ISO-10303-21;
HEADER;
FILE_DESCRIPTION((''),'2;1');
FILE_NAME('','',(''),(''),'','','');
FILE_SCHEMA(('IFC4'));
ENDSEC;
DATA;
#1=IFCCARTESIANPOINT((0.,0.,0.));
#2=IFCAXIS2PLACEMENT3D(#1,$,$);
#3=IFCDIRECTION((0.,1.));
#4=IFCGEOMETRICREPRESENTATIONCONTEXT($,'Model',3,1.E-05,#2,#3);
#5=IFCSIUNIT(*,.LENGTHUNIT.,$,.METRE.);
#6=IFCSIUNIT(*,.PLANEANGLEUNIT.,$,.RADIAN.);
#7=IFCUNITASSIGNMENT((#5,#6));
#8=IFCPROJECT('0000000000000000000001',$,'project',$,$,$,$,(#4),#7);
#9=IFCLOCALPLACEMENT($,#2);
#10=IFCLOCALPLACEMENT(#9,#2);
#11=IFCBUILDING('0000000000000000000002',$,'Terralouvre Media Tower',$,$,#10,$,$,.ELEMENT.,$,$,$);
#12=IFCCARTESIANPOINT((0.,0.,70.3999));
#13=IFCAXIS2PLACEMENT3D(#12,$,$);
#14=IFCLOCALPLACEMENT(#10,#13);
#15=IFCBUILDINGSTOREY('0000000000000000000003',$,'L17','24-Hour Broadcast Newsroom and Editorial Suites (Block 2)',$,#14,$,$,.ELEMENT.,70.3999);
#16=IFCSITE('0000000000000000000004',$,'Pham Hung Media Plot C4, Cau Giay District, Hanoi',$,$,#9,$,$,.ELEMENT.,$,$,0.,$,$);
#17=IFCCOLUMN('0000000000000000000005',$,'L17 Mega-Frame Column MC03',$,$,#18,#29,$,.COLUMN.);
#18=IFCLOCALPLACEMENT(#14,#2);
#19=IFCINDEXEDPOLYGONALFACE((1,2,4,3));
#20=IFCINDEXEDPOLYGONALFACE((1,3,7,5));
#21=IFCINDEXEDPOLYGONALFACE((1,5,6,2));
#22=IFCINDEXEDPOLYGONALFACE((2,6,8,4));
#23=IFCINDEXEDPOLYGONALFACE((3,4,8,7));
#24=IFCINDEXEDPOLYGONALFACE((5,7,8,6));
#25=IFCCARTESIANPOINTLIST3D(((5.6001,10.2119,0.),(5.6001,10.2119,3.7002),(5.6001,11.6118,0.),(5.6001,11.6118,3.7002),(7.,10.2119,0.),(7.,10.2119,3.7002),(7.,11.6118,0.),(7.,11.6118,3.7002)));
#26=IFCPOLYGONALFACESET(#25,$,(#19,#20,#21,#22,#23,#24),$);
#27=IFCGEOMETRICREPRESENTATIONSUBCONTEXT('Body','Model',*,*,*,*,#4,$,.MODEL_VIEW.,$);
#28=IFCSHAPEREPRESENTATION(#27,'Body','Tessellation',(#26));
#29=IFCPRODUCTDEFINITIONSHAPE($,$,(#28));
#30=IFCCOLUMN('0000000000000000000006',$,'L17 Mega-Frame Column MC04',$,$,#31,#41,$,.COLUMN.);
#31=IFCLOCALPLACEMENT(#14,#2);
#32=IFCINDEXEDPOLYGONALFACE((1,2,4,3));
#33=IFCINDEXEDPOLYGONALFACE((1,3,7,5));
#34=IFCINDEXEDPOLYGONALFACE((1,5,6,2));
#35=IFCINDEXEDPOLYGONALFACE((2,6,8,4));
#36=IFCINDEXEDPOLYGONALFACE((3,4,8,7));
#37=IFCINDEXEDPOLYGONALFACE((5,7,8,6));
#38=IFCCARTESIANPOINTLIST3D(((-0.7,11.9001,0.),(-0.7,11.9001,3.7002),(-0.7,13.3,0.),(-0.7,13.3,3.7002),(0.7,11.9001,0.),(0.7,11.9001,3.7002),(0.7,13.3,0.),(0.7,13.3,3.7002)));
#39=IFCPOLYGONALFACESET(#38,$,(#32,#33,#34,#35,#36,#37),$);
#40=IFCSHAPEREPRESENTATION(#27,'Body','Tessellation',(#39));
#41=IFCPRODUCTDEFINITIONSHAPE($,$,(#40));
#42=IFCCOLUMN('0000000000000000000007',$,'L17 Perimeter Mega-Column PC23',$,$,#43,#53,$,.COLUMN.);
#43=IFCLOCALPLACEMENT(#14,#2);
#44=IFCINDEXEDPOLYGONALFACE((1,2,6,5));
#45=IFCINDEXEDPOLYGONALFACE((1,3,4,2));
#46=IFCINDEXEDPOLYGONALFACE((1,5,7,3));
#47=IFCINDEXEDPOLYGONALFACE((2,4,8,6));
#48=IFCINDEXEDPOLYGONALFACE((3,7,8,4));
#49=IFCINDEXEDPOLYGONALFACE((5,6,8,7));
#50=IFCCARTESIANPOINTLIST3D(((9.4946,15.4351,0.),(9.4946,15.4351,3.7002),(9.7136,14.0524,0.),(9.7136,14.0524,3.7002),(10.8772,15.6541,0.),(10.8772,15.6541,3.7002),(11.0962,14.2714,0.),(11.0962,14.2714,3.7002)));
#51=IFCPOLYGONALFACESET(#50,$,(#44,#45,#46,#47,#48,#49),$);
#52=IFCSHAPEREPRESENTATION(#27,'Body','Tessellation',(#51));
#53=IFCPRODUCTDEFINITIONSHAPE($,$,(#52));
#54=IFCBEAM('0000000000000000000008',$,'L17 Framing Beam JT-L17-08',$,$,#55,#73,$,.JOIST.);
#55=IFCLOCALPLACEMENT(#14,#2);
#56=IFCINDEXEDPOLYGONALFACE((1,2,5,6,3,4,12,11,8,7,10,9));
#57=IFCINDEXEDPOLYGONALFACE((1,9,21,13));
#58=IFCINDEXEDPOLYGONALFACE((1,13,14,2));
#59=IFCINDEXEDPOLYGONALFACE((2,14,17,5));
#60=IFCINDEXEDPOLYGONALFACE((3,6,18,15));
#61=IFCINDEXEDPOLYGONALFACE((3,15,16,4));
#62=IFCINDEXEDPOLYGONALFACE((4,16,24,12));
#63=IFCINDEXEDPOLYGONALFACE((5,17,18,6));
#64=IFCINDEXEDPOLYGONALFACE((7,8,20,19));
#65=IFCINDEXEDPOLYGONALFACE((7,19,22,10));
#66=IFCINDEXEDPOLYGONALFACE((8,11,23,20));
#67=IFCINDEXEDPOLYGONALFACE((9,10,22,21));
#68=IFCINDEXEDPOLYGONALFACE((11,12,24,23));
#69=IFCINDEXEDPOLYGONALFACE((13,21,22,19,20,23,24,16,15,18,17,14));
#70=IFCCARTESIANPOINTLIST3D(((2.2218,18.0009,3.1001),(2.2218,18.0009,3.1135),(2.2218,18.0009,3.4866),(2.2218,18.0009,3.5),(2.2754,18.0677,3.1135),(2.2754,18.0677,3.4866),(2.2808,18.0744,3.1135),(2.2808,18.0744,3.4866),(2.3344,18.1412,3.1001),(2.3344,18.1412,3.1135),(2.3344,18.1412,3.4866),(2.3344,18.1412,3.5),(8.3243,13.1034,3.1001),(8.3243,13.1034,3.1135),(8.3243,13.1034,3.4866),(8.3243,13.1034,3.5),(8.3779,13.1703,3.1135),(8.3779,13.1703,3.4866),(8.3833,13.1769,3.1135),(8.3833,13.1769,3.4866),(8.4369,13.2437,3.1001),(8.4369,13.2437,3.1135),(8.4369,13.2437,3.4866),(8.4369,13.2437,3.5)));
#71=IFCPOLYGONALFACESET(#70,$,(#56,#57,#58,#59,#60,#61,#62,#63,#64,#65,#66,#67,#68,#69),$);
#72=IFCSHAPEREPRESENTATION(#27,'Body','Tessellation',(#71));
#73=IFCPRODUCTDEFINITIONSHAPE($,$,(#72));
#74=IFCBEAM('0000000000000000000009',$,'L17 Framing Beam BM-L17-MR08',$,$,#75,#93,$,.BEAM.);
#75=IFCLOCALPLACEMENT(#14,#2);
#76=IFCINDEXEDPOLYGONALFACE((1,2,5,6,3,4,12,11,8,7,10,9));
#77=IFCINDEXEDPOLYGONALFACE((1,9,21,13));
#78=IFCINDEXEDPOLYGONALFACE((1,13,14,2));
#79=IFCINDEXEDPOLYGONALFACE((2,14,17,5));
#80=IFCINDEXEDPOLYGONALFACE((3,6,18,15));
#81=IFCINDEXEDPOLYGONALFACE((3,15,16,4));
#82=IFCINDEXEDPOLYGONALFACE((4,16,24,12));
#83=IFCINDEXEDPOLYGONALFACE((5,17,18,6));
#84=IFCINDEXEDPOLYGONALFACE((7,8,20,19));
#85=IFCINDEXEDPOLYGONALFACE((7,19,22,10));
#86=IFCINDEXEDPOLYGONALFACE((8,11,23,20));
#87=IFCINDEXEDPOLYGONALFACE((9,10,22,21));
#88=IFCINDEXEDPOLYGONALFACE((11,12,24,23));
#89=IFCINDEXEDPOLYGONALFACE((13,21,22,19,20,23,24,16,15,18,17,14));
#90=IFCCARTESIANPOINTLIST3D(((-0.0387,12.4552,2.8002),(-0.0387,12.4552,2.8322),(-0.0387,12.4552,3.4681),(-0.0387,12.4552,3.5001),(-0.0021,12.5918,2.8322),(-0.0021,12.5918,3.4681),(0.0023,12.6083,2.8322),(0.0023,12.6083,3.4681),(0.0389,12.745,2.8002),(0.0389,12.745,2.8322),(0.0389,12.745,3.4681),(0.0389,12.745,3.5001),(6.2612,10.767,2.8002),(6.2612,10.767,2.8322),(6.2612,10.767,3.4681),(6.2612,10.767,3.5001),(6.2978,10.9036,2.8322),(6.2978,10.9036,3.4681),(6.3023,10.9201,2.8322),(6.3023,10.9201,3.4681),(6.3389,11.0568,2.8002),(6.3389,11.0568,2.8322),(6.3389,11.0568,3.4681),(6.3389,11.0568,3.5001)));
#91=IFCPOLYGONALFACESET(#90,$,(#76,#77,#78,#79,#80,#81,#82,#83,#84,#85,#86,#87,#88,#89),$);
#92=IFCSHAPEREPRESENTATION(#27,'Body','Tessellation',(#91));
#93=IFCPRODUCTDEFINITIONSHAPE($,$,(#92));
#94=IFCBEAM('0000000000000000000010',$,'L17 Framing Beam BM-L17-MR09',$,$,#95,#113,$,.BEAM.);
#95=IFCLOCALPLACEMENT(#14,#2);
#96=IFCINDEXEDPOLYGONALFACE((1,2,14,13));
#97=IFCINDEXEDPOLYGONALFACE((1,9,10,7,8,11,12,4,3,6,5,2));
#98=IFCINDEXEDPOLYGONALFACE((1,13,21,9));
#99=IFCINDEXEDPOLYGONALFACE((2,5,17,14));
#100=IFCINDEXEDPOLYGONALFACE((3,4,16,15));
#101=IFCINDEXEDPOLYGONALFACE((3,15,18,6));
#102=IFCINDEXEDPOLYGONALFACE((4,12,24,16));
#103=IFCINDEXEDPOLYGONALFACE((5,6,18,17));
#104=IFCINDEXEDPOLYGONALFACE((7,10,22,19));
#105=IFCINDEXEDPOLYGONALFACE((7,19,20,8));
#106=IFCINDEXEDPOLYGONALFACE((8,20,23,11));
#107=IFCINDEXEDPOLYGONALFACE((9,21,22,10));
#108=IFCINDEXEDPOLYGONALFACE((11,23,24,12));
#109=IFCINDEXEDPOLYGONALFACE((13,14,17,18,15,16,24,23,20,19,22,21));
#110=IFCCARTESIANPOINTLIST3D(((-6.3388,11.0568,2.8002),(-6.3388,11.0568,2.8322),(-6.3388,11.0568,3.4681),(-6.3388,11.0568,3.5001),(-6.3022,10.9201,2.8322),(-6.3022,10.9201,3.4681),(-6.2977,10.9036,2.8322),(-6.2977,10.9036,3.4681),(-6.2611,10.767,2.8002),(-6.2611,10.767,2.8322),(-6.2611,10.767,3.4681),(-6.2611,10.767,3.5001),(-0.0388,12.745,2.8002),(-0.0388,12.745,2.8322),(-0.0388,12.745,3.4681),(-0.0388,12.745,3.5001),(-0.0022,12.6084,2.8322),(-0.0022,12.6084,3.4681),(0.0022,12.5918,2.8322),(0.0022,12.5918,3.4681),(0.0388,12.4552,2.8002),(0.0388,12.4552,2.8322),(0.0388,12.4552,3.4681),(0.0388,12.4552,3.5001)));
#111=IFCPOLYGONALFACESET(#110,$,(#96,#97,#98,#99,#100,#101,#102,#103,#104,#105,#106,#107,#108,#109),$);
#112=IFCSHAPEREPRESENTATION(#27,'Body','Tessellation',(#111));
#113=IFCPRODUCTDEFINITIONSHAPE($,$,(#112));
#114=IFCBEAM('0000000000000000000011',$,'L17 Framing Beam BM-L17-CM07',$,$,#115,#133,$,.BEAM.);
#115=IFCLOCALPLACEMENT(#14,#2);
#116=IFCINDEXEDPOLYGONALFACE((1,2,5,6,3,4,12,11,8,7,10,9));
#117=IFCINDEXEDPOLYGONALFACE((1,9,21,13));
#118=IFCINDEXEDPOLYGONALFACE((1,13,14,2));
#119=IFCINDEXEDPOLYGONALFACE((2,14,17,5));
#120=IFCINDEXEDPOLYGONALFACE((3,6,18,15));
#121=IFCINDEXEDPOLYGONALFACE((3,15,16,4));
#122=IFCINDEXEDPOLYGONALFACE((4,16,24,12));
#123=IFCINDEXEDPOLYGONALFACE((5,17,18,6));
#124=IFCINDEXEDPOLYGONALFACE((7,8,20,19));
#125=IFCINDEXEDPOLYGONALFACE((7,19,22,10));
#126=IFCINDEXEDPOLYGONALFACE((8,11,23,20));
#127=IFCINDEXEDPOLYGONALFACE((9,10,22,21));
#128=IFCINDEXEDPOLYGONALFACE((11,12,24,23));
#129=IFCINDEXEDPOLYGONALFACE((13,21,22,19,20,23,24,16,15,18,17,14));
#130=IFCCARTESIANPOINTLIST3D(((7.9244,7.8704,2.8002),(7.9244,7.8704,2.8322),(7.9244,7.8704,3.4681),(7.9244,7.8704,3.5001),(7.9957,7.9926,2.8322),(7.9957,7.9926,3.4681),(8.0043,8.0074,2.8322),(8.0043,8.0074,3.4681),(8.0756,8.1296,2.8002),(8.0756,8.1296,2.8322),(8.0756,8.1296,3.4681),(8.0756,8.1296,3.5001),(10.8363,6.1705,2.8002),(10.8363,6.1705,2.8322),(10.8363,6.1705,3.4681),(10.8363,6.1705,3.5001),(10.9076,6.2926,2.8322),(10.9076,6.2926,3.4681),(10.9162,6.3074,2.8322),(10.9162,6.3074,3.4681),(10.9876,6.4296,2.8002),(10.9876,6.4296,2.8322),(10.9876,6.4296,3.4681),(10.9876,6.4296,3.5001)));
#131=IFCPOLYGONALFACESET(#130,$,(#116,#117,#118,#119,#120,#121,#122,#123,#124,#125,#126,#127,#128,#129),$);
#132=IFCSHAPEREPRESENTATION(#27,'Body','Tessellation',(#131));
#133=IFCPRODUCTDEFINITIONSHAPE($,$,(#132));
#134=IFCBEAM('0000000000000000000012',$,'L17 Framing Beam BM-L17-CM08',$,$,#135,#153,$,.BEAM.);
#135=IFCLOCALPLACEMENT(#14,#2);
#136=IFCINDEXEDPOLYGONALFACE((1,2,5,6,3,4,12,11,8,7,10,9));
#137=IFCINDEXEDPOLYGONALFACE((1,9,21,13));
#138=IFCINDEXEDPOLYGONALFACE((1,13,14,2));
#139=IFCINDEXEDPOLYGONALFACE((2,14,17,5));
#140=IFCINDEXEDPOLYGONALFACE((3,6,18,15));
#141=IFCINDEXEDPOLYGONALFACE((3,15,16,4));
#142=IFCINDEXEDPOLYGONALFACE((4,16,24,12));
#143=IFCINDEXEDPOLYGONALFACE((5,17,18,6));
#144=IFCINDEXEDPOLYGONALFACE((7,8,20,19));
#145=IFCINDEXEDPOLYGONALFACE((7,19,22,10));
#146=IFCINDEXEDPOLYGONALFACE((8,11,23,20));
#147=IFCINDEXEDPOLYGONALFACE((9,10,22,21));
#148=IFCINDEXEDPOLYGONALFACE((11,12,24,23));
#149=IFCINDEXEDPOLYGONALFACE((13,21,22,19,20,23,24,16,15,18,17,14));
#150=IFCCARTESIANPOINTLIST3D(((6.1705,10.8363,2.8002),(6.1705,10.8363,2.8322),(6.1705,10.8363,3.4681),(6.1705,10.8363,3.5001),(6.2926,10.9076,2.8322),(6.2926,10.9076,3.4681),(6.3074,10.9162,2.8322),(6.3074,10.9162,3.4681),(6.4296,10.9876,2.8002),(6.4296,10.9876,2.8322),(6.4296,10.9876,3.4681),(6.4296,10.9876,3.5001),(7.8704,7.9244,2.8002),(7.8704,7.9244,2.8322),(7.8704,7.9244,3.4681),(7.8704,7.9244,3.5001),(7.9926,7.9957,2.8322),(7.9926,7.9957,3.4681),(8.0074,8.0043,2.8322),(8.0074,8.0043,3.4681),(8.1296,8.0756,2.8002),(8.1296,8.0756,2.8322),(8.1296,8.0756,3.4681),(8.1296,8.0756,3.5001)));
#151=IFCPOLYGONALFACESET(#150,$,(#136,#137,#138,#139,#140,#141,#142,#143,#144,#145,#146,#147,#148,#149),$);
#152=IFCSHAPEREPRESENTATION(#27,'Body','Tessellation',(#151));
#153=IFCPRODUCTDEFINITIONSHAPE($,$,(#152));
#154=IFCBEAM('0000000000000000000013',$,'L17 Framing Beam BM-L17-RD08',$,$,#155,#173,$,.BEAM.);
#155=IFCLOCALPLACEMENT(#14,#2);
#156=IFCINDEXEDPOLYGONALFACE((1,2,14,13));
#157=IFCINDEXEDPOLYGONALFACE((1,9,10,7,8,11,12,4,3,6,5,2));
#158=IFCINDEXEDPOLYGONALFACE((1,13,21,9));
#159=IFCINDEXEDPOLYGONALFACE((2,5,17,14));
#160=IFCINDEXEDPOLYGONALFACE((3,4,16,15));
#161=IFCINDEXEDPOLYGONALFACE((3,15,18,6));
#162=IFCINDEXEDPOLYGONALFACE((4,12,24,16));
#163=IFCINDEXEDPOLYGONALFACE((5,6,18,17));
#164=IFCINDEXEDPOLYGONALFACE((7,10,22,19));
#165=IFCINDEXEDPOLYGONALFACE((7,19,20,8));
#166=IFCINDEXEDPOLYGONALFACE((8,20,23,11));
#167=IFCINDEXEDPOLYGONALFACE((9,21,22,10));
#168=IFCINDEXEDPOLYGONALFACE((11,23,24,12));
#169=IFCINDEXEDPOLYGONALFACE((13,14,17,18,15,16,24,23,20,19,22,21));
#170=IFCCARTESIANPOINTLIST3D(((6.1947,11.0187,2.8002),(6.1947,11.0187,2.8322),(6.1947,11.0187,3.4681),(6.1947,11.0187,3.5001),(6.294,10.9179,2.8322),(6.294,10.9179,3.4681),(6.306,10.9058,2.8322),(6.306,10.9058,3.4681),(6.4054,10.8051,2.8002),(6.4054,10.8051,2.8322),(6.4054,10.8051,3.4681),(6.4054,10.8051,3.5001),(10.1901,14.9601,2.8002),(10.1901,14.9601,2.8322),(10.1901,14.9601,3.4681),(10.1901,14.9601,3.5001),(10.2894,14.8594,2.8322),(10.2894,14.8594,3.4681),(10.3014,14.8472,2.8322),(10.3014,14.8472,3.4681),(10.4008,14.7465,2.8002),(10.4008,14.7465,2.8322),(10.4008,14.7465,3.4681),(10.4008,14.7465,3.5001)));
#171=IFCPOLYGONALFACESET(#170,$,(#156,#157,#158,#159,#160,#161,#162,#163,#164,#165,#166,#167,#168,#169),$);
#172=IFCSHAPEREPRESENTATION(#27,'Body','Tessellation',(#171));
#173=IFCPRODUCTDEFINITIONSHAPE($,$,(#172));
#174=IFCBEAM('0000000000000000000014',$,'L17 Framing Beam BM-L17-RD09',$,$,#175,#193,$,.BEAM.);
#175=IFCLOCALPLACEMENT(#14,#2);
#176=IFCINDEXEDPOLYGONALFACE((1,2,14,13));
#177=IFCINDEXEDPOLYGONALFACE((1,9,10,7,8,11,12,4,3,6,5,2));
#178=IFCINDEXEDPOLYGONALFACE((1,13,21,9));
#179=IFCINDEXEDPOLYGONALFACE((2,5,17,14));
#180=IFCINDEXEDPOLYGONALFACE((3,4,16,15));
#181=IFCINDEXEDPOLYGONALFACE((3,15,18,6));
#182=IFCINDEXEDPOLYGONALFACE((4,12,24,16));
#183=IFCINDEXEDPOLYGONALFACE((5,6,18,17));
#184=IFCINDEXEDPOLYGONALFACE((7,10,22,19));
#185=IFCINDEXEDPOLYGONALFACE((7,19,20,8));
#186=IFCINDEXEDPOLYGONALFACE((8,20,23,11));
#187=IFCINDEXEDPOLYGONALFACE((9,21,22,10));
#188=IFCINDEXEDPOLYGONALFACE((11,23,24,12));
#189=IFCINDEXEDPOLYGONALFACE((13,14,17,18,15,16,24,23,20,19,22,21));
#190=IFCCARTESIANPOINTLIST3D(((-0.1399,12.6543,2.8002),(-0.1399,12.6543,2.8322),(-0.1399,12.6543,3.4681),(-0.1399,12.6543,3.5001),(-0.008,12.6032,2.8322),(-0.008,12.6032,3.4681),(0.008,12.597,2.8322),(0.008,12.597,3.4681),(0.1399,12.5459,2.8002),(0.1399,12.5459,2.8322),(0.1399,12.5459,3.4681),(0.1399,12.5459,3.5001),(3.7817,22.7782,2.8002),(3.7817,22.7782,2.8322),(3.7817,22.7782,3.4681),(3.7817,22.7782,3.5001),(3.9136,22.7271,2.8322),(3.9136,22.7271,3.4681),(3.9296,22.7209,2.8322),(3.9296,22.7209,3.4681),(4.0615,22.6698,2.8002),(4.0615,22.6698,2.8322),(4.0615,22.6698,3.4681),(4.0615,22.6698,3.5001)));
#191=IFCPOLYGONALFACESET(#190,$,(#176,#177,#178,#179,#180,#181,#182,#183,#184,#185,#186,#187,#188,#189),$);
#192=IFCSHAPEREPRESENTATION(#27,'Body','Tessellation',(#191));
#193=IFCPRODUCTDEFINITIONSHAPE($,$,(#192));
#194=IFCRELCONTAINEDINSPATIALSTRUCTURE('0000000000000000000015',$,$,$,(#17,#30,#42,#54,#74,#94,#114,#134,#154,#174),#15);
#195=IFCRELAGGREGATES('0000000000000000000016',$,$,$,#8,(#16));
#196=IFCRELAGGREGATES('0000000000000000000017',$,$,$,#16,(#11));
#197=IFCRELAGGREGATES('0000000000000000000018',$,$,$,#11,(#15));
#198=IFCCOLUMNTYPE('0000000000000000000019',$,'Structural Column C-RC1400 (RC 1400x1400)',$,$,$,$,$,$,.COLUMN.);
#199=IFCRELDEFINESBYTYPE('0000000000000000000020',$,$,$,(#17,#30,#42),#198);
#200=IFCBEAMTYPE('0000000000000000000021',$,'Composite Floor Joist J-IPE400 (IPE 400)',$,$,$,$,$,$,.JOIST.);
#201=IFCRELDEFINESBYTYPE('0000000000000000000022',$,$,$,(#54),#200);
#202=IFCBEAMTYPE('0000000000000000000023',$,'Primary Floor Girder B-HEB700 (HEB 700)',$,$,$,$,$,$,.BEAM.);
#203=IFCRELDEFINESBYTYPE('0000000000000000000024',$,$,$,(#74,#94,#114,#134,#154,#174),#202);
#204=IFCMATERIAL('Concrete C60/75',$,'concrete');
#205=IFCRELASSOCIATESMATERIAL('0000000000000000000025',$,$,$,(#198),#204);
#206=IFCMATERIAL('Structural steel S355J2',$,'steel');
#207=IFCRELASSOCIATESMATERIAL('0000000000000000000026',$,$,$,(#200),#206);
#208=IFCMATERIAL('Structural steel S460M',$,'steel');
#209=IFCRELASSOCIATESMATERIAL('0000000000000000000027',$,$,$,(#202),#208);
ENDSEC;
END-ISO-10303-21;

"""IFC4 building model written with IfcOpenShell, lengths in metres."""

from ifc_helpers import new_model, si_unit, direction, frame, origin, origin_2d, place, context, subcontext, project, spatial, rectangle, i_section, extrude, material, material_profile, profile_set, type_object, element, save


model = new_model("IFC4")

# Units and contexts
model_context = context("Model", 3, precision=1e-05, world=origin(), true_north=direction((0.0, 1.0)))
body_context = subcontext(model_context, "Body", "Model", "MODEL_VIEW")
ifc_project = project(units=[si_unit("LENGTHUNIT", "METRE"), si_unit("PLANEANGLEUNIT", "RADIAN")], contexts=[model_context])

# Site, building, storey
site_placement = place(None, origin())
site = spatial("IfcSite", under=ifc_project, at=site_placement, Name="Pham Hung Media Plot C4, Cau Giay District, Hanoi", CompositionType="ELEMENT", RefElevation=0.0)
building_placement = place(site_placement, origin())
building = spatial("IfcBuilding", under=site, at=building_placement, Name="Terralouvre Media Tower", CompositionType="ELEMENT")
storey_placement = place(building_placement, frame((0.0, 0.0, 70.3999)))
storey = spatial("IfcBuildingStorey", under=building, at=storey_placement, Name="L17", Description="24-Hour Broadcast Newsroom and Editorial Suites (Block 2)", CompositionType="ELEMENT", Elevation=70.3999)

# Columns
ifc_material_1 = material(Name="Concrete C60/75", Category="concrete")
ifc_material_profile_1 = material_profile(ifc_material_1, rectangle(XDim=1.3999, YDim=1.3999, at=origin_2d()), Name="RC 1400x1400")
ifc_profile_set_1 = profile_set([ifc_material_profile_1], Name="Concrete C60/75")
column_type = type_object("IfcColumnType", Name="Structural Column C-RC1400 (RC 1400x1400)", PredefinedType="COLUMN", material=ifc_profile_set_1)
for number, where, z_axis, x_axis, name in (
    (1, (6.3, 10.9119, 0.0), (0.0, 0.0, 1.0), (1.0, 0.0, 0.0), "L17 Mega-Frame Column MC03"),
    (2, (0.0, 12.6001, 0.0), (0.0, 0.0, 1.0), (1.0, 0.0, 0.0), "L17 Mega-Frame Column MC04"),
    (3, (10.2954, 14.8533, 0.0), (0.0, 0.0, 1.0), (0.987688, 0.156434, 0.0), "L17 Perimeter Mega-Column PC23"),
):
    element("IfcColumn", number, at=place(storey_placement, frame(where, z_axis=z_axis, x_axis=x_axis)), inside=storey, type_object=column_type, Name=name, PredefinedType="COLUMN", context=body_context, shape_type="SweptSolid", body=[
        extrude(rectangle(XDim=1.3999, YDim=1.3999, at=origin_2d()), origin(), (0.0, 0.0, 1.0), 3.7002),
    ])

# Beams
ifc_material_2 = material(Name="Structural steel S355J2", Category="steel")
ifc_material_profile_2 = material_profile(ifc_material_2, i_section(OverallWidth=0.1799, OverallDepth=0.3999, WebThickness=0.0085, FlangeThickness=0.0134, at=origin_2d()), Name="IPE 400")
ifc_profile_set_2 = profile_set([ifc_material_profile_2], Name="Structural steel S355J2")
beam_type_1 = type_object("IfcBeamType", Name="Composite Floor Joist J-IPE400 (IPE 400)", PredefinedType="JOIST", material=ifc_profile_set_2)
beam_1_placement = place(storey_placement, frame((8.3806, 13.1736, 3.3), z_axis=(-0.779906, 0.625897, 0.0), x_axis=(-0.625897, -0.779906, 0.0)))
element("IfcBeam", 4, at=beam_1_placement, inside=storey, type_object=beam_type_1, Name="L17 Framing Beam JT-L17-08", PredefinedType="JOIST", context=body_context, shape_type="SweptSolid", body=[
    extrude(i_section(OverallWidth=0.1799, OverallDepth=0.3999, WebThickness=0.0085, FlangeThickness=0.0134, at=origin_2d()), origin(), (0.0, 0.0, 1.0), 7.8247),
])
ifc_material_3 = material(Name="Structural steel S460M", Category="steel")
ifc_material_profile_3 = material_profile(ifc_material_3, i_section(OverallWidth=0.3, OverallDepth=0.7, WebThickness=0.0171, FlangeThickness=0.032, at=origin_2d()), Name="HEB 700")
ifc_profile_set_3 = profile_set([ifc_material_profile_3], Name="Structural steel S460M")
beam_type_2 = type_object("IfcBeamType", Name="Primary Floor Girder B-HEB700 (HEB 700)", PredefinedType="BEAM", material=ifc_profile_set_3)
for number, where, z_axis, x_axis, name in (
    (5, (6.3, 10.9119, 3.1501), (-0.96592, 0.258839, 0.0), (-0.258839, -0.96592, 0.0), "L17 Framing Beam BM-L17-MR08"),
    (6, (0.0, 12.6001, 3.1501), (-0.96592, -0.258839, 0.0), (0.258839, -0.96592, 0.0), "L17 Framing Beam BM-L17-MR09"),
):
    element("IfcBeam", number, at=place(storey_placement, frame(where, z_axis=z_axis, x_axis=x_axis)), inside=storey, type_object=beam_type_2, Name=name, PredefinedType="BEAM", context=body_context, shape_type="SweptSolid", body=[
        extrude(i_section(OverallWidth=0.3, OverallDepth=0.7, WebThickness=0.0171, FlangeThickness=0.032, at=origin_2d()), origin(), (0.0, 0.0, 1.0), 6.5222),
    ])
for number, where, z_axis, x_axis, name in (
    (7, (8.0, 8.0, 3.1501), (0.863603, -0.504173, 0.0), (0.504173, 0.863603, 0.0), "L17 Framing Beam BM-L17-CM07"),
    (8, (8.0, 8.0, 3.1501), (-0.504173, 0.863603, 0.0), (-0.863603, -0.504173, 0.0), "L17 Framing Beam BM-L17-CM08"),
):
    element("IfcBeam", number, at=place(storey_placement, frame(where, z_axis=z_axis, x_axis=x_axis)), inside=storey, type_object=beam_type_2, Name=name, PredefinedType="BEAM", context=body_context, shape_type="SweptSolid", body=[
        extrude(i_section(OverallWidth=0.3, OverallDepth=0.7, WebThickness=0.0171, FlangeThickness=0.032, at=origin_2d()), origin(), (0.0, 0.0, 1.0), 3.3718),
    ])
beam_2_placement = place(storey_placement, frame((6.3, 10.9119, 3.1501), z_axis=(0.711897, 0.702284, 0.0), x_axis=(-0.702284, 0.711897, 0.0)))
element("IfcBeam", 9, at=beam_2_placement, inside=storey, type_object=beam_type_2, Name="L17 Framing Beam BM-L17-RD08", PredefinedType="BEAM", context=body_context, shape_type="SweptSolid", body=[
    extrude(i_section(OverallWidth=0.3, OverallDepth=0.7, WebThickness=0.0171, FlangeThickness=0.032, at=origin_2d()), origin(), (0.0, 0.0, 1.0), 5.6123),
])
beam_3_placement = place(storey_placement, frame((0.0, 12.6001, 3.1501), z_axis=(0.361207, 0.932486, 0.0), x_axis=(-0.932486, 0.361207, 0.0)))
element("IfcBeam", 10, at=beam_3_placement, inside=storey, type_object=beam_type_2, Name="L17 Framing Beam BM-L17-RD09", PredefinedType="BEAM", context=body_context, shape_type="SweptSolid", body=[
    extrude(i_section(OverallWidth=0.3, OverallDepth=0.7, WebThickness=0.0171, FlangeThickness=0.032, at=origin_2d()), origin(), (0.0, 0.0, 1.0), 10.8569),
])

save(model, "model.ifc")
